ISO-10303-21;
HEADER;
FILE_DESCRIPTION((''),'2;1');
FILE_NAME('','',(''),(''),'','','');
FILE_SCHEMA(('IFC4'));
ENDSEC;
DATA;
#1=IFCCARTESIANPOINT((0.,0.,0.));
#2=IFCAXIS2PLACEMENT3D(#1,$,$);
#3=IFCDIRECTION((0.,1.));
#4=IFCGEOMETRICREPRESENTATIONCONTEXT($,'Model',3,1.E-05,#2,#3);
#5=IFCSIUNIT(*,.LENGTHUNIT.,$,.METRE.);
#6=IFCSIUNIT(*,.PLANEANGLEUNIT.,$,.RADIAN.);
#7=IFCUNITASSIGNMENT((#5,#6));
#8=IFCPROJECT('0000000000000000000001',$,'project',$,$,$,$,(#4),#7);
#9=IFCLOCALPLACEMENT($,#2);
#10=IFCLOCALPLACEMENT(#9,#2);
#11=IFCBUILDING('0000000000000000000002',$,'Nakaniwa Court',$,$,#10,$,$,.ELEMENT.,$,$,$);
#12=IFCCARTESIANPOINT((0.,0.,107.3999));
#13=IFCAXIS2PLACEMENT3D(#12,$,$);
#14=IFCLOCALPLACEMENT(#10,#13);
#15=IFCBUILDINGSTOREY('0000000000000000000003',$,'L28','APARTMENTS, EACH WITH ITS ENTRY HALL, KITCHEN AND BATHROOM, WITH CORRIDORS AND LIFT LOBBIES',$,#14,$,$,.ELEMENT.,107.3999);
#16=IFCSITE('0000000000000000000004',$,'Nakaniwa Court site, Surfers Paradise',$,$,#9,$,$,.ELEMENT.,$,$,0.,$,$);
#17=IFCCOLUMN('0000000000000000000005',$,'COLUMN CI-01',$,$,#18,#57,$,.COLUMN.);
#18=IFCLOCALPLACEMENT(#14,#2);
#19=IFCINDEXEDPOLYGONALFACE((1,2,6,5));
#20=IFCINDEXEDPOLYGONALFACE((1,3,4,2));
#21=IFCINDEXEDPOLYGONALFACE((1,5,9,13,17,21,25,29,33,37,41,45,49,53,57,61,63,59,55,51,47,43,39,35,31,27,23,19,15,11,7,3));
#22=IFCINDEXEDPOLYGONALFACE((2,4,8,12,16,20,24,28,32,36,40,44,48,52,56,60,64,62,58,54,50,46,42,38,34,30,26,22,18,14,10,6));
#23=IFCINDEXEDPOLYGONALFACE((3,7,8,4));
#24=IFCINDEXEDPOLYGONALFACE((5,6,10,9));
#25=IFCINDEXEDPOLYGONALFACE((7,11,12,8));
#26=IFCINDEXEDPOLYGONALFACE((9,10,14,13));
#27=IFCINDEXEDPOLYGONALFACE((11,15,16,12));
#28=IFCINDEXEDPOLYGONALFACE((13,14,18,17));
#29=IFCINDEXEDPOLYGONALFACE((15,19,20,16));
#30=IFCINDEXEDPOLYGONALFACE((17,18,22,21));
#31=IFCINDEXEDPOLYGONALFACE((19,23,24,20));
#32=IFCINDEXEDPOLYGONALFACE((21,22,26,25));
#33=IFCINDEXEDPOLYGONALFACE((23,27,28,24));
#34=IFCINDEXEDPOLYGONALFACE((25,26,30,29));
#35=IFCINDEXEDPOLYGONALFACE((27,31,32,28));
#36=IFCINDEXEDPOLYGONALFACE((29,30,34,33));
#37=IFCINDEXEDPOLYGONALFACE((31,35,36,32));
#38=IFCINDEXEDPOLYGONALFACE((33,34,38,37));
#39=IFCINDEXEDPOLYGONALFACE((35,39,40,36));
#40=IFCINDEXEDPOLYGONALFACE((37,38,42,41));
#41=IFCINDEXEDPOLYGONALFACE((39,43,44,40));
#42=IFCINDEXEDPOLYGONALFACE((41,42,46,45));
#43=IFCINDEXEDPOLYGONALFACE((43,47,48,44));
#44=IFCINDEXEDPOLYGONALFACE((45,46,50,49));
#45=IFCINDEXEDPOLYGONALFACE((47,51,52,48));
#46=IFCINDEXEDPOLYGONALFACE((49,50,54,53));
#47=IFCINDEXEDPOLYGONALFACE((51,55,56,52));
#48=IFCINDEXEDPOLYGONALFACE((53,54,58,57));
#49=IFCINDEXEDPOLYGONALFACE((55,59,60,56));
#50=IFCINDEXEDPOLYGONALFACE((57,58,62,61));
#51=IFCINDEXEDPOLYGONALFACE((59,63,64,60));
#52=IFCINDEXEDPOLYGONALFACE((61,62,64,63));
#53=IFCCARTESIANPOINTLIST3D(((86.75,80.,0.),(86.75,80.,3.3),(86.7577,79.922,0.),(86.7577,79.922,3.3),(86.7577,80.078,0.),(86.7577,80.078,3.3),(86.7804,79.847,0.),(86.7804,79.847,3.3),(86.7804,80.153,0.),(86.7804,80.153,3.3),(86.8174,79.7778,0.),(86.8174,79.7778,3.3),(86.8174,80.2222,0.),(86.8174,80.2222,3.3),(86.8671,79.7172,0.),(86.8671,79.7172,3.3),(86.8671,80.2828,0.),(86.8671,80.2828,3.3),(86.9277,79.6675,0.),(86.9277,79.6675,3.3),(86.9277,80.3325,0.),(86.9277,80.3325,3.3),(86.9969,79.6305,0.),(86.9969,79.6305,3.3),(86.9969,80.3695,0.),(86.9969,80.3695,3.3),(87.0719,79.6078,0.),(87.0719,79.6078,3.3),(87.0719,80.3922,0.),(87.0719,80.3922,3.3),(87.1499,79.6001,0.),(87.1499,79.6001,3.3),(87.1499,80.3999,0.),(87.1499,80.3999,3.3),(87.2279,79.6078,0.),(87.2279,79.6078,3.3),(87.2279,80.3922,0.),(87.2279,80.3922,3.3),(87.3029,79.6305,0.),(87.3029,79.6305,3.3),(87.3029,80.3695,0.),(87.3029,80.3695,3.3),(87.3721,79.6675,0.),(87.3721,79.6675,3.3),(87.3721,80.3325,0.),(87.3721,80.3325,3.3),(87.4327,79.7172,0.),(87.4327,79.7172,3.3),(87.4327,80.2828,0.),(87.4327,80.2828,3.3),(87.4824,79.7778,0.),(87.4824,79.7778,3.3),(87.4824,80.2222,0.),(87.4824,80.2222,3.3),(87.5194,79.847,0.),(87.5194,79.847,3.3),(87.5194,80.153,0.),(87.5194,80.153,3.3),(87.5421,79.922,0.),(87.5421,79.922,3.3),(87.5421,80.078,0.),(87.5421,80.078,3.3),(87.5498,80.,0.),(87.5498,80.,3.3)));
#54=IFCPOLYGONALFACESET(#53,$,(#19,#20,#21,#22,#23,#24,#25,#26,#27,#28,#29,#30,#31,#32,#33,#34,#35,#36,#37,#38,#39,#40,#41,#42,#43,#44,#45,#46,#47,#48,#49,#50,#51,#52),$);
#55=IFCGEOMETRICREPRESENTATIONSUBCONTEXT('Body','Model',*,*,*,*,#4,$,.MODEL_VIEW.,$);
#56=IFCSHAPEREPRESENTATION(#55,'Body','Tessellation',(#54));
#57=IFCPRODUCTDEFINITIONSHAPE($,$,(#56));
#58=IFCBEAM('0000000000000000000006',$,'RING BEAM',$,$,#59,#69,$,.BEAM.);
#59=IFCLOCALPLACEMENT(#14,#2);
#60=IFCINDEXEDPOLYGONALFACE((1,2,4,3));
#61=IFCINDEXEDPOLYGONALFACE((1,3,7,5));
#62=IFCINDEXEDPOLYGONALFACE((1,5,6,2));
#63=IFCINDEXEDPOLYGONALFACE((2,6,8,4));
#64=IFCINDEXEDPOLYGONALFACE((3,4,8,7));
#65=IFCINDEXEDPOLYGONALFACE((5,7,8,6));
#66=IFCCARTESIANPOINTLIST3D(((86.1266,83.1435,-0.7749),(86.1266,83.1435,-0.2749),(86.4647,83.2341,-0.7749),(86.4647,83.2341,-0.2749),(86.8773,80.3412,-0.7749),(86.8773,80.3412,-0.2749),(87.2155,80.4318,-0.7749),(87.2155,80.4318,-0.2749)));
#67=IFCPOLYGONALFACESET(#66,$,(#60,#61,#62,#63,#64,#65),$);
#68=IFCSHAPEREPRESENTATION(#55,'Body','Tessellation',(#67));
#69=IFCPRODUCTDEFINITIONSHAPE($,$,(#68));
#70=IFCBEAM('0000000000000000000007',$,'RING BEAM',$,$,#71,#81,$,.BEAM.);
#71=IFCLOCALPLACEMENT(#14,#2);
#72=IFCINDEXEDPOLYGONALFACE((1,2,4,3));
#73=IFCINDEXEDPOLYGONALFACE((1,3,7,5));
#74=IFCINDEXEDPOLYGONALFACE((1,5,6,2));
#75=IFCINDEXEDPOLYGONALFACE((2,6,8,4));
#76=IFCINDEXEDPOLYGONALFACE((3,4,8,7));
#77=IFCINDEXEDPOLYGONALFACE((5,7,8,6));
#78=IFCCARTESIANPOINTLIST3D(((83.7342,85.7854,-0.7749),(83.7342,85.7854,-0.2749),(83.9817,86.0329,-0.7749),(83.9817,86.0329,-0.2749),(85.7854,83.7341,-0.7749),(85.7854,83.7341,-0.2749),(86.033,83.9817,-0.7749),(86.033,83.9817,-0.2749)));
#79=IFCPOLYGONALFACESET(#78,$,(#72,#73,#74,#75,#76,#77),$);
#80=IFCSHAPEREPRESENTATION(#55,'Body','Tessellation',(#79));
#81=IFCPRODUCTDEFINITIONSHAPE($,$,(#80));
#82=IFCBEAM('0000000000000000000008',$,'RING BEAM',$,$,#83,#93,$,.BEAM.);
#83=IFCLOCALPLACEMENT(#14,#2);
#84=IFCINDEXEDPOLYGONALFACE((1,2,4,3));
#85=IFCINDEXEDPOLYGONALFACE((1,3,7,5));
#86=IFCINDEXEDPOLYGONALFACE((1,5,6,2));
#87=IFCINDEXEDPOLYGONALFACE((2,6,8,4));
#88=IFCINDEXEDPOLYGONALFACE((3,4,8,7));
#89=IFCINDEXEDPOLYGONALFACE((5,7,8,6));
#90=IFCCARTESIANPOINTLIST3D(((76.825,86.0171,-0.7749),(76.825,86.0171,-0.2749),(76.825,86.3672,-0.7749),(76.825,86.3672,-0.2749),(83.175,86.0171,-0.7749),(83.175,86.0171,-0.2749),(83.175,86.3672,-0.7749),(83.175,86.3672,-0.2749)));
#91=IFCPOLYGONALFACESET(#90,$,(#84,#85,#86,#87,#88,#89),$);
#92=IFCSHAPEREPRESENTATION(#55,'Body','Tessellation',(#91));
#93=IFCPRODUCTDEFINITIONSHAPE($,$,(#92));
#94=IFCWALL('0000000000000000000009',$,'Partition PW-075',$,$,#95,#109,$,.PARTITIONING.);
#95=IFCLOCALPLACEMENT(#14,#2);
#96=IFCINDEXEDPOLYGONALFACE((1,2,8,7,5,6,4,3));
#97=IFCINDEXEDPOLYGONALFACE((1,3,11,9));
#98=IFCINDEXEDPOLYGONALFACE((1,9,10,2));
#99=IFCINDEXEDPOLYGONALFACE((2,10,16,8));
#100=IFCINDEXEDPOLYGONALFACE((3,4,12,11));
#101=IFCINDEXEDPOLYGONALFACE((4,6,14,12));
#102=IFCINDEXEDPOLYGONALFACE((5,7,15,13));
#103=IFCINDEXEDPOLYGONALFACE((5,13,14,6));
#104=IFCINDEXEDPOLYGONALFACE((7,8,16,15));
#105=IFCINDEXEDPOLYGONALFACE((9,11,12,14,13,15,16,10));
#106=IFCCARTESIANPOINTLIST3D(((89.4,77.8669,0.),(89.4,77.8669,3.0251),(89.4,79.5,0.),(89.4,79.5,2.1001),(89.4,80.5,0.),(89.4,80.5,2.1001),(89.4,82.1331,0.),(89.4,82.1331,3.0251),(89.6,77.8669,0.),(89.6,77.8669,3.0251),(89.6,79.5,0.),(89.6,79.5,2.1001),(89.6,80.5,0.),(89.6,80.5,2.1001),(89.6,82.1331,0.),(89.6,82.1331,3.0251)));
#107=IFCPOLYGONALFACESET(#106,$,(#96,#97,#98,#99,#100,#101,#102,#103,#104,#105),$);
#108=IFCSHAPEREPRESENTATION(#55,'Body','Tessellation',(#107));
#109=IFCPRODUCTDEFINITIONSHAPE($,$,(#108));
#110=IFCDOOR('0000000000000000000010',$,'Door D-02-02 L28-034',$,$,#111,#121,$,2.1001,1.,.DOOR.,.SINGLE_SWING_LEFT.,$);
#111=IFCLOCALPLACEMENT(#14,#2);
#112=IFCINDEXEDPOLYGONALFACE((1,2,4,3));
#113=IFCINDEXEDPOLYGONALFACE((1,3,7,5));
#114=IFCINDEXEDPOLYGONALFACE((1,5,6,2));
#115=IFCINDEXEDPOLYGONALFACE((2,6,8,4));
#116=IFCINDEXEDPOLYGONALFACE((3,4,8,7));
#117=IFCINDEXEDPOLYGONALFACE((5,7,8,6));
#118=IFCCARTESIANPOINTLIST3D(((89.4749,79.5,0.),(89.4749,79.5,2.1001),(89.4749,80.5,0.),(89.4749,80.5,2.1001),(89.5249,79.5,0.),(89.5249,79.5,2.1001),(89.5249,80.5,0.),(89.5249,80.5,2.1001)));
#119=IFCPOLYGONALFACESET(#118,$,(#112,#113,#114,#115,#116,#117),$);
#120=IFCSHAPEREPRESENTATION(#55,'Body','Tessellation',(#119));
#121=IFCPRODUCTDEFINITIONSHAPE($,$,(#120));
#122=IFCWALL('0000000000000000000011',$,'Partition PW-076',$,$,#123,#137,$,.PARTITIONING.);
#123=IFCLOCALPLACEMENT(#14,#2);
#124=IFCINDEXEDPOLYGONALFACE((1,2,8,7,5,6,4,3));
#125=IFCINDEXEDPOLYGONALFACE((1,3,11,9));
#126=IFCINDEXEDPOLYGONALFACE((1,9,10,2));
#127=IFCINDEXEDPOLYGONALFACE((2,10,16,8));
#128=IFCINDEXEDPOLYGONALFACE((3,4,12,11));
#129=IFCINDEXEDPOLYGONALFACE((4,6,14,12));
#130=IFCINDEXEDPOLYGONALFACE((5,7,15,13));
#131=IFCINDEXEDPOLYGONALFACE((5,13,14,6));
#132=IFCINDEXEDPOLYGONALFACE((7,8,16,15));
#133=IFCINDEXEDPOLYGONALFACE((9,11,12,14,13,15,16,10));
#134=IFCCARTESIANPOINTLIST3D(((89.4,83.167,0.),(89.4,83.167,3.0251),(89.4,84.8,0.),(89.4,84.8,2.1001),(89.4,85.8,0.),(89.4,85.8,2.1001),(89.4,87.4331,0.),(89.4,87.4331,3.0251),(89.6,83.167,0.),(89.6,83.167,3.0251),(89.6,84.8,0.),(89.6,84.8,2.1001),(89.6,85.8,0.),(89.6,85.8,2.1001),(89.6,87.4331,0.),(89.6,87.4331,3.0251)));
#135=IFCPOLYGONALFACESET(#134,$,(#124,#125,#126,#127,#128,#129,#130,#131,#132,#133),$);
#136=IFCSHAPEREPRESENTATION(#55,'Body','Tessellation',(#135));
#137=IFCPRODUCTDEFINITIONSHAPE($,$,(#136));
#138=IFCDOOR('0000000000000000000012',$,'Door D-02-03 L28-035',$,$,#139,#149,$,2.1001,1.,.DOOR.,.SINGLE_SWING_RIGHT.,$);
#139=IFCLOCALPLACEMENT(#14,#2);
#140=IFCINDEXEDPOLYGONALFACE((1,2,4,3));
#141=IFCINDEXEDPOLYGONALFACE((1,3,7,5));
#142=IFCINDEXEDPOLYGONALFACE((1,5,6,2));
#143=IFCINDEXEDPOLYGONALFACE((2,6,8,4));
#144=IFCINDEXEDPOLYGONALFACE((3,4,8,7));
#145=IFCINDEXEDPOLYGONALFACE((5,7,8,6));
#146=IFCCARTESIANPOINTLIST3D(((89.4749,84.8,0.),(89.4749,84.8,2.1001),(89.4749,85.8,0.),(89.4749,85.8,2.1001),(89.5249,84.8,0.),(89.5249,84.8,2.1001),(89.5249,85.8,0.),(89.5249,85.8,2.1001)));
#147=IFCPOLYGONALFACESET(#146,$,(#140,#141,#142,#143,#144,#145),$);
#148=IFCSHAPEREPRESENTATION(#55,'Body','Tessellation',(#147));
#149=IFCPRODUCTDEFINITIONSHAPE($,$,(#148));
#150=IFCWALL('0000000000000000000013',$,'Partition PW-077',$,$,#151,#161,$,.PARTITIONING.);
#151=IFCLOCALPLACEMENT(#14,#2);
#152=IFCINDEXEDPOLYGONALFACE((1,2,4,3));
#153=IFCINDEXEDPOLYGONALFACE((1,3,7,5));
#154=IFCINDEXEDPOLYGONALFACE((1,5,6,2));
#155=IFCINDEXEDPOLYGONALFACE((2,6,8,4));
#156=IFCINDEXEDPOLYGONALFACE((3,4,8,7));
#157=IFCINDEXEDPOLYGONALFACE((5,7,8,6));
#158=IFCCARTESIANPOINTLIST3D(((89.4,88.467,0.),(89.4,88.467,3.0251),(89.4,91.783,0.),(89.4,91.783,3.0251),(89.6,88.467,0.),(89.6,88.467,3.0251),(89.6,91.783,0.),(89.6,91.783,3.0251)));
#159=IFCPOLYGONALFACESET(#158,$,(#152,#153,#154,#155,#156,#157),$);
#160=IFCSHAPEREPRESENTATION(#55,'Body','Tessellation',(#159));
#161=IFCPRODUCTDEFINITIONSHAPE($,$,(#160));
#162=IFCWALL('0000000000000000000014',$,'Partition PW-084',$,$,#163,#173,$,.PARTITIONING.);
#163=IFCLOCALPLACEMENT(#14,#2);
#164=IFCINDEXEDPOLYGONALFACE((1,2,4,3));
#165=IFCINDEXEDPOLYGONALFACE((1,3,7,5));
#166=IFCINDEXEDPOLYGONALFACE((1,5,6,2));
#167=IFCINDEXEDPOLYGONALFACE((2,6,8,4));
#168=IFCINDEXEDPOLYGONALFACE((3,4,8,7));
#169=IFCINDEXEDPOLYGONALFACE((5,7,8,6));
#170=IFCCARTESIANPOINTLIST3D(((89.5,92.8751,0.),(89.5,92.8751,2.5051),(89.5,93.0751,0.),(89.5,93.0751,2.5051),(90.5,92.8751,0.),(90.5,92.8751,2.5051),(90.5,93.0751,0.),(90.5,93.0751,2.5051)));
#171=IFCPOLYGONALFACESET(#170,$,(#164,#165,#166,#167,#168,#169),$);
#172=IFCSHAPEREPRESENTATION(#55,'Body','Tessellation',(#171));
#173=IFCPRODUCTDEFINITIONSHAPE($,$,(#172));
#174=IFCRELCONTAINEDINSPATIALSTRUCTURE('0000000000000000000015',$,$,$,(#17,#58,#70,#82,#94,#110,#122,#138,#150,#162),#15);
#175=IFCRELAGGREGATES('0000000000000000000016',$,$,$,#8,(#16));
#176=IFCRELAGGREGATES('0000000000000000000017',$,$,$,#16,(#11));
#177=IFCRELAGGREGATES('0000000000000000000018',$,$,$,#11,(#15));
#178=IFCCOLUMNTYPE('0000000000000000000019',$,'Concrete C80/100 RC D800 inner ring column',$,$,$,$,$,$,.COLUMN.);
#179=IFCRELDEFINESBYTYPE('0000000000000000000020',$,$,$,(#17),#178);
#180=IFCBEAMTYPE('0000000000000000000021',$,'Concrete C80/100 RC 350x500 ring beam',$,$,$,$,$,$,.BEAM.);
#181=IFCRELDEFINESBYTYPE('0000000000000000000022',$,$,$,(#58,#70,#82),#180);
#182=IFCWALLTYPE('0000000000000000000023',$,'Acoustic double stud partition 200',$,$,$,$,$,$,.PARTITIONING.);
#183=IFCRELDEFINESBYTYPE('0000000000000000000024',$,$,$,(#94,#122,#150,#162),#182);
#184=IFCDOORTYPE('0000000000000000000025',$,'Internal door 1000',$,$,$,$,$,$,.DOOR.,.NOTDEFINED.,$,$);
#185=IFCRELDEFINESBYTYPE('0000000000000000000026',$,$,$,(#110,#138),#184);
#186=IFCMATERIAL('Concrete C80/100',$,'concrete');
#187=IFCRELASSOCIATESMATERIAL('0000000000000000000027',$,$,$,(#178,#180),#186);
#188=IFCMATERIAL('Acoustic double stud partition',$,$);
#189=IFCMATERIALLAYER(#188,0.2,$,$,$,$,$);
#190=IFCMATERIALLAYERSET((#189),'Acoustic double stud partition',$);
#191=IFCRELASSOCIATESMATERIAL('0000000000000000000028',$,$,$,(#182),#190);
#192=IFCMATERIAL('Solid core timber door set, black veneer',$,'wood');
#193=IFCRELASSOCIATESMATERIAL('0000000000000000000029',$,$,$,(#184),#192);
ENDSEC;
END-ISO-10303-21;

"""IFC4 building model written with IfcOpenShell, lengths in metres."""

from ifc_helpers import new_model, si_unit, direction, frame, frame_2d, origin, origin_2d, place, context, subcontext, project, spatial, rectangle, circle, extrude, material, layer, layer_set, material_profile, profile_set, type_object, element, fill, save


model = new_model("IFC4")

# Units and contexts
model_context = context("Model", 3, precision=1e-05, world=origin(), true_north=direction((0.0, 1.0)))
body_context = subcontext(model_context, "Body", "Model", "MODEL_VIEW")
ifc_project = project(units=[si_unit("LENGTHUNIT", "METRE"), si_unit("PLANEANGLEUNIT", "RADIAN")], contexts=[model_context])

# Site, building, storey
site_placement = place(None, origin())
site = spatial("IfcSite", under=ifc_project, at=site_placement, Name="Nakaniwa Court site, Surfers Paradise", CompositionType="ELEMENT", RefElevation=0.0)
building_placement = place(site_placement, origin())
building = spatial("IfcBuilding", under=site, at=building_placement, Name="Nakaniwa Court", CompositionType="ELEMENT")
storey_placement = place(building_placement, frame((0.0, 0.0, 107.3999)))
storey = spatial("IfcBuildingStorey", under=building, at=storey_placement, Name="L28", Description="APARTMENTS, EACH WITH ITS ENTRY HALL, KITCHEN AND BATHROOM, WITH CORRIDORS AND LIFT LOBBIES", CompositionType="ELEMENT", Elevation=107.3999)

# Column
ifc_material_1 = material(Name="Concrete C80/100", Category="concrete")
ifc_material_profile_1 = material_profile(ifc_material_1, circle(Radius=0.3999, at=origin_2d()), Name="Concrete C80/100 RC D800 inner ring column")
ifc_profile_set_1 = profile_set([ifc_material_profile_1], Name="Concrete C80/100")
column_type = type_object("IfcColumnType", Name="Concrete C80/100 RC D800 inner ring column", PredefinedType="COLUMN", material=ifc_profile_set_1)
for number, where, z_axis, x_axis, name in (
    (1, (87.1499, 80.0, 0.0), (0.0, 0.0, 1.0), (0.0, 1.0, 0.0), "COLUMN CI-01"),
):
    element("IfcColumn", number, at=place(storey_placement, frame(where, z_axis=z_axis, x_axis=x_axis)), inside=storey, type_object=column_type, Name=name, PredefinedType="COLUMN", context=body_context, shape_type="SweptSolid", body=[
        extrude(circle(Radius=0.3999, at=origin_2d()), origin(), (0.0, 0.0, 1.0), 3.3),
    ])

# Beams
ifc_material_profile_2 = material_profile(ifc_material_1, rectangle(XDim=0.3501, YDim=0.5, at=origin_2d()), Name="Concrete C80/100 RC 350x500 ring beam")
ifc_profile_set_2 = profile_set([ifc_material_profile_2], Name="Concrete C80/100")
beam_type = type_object("IfcBeamType", Name="Concrete C80/100 RC 350x500 ring beam", PredefinedType="BEAM", material=ifc_profile_set_2)
beam_1_placement = place(storey_placement, frame((87.0464, 80.3865, -0.5249), z_axis=(-0.258778, 0.965937, 0.0), x_axis=(-0.965937, -0.258778, 0.0)))
element("IfcBeam", 2, at=beam_1_placement, inside=storey, type_object=beam_type, Name="RING BEAM", PredefinedType="BEAM", context=body_context, shape_type="SweptSolid", body=[
    extrude(rectangle(XDim=0.3501, YDim=0.5, at=origin_2d()), origin(), (0.0, 0.0, 1.0), 2.9011),
])
beam_2_placement = place(storey_placement, frame((85.9092, 83.8579, -0.5249), z_axis=(-0.707107, 0.707107, 0.0), x_axis=(-0.707107, -0.707107, 0.0)))
element("IfcBeam", 3, at=beam_2_placement, inside=storey, type_object=beam_type, Name="RING BEAM", PredefinedType="BEAM", context=body_context, shape_type="SweptSolid", body=[
    extrude(rectangle(XDim=0.3501, YDim=0.5, at=origin_2d()), origin(), (0.0, 0.0, 1.0), 2.9009),
])
beam_3_placement = place(storey_placement, frame((83.175, 86.1921, -0.5249), z_axis=(-1.0, 0.0, 0.0), x_axis=(0.0, -1.0, 0.0)))
element("IfcBeam", 4, at=beam_3_placement, inside=storey, type_object=beam_type, Name="RING BEAM", PredefinedType="BEAM", context=body_context, shape_type="SweptSolid", body=[
    extrude(rectangle(XDim=0.3501, YDim=0.5, at=origin_2d()), origin(), (0.0, 0.0, 1.0), 6.3501),
])

# Walls, openings, doors
ifc_material_2 = material(Name="Acoustic double stud partition")
ifc_layer_1 = layer(ifc_material_2, 0.2)
ifc_layer_set_1 = layer_set([ifc_layer_1], Name="Acoustic double stud partition")
wall_type_1 = type_object("IfcWallType", Name="Acoustic double stud partition 200", PredefinedType="PARTITIONING", material=ifc_layer_set_1)
wall_1_placement = place(storey_placement, frame((89.5, 82.1331, 0.0), z_axis=(0.0, 0.0, 1.0), x_axis=(0.0, -1.0, 0.0)))
wall_1 = element("IfcWall", 5, at=wall_1_placement, inside=storey, type_object=wall_type_1, Name="Partition PW-075", PredefinedType="PARTITIONING", context=body_context, shape_type="SweptSolid", body=[
    extrude(rectangle(XDim=4.2661, YDim=0.2, at=frame_2d((2.1331, 0.0))), origin(), (0.0, 0.0, 1.0), 3.0251),
])
opening_1_placement = place(wall_1_placement, frame((1.6331, 0.0, 0.0)))
opening_1 = element("IfcOpeningElement", 6, at=opening_1_placement, cuts=wall_1, PredefinedType="OPENING", context=body_context, shape_type="SweptSolid", body=[
    extrude(rectangle(XDim=1.0, YDim=2.1001, at=frame_2d((0.5, 1.05))), frame((0.0, 0.1099, 0.0), z_axis=(0.0, -1.0, 0.0), x_axis=(1.0, 0.0, 0.0)), (0.0, 0.0, 1.0), 0.22),
])
ifc_material_3 = material(Name="Solid core timber door set, black veneer", Category="wood")
door_type_1 = type_object("IfcDoorType", Name="Internal door 1000", OperationType="NOTDEFINED", PredefinedType="DOOR", material=ifc_material_3)
door_1_placement = place(opening_1_placement, origin())
door_1 = element("IfcDoor", 7, at=door_1_placement, inside=storey, type_object=door_type_1, Name="Door D-02-02 L28-034", OperationType="SINGLE_SWING_LEFT", OverallHeight=2.1001, OverallWidth=1.0, PredefinedType="DOOR", context=body_context, shape_type="SweptSolid", body=[
    extrude(rectangle(XDim=1.0, YDim=2.1001, at=frame_2d((0.5, 1.05))), frame((0.0, 0.0249, 0.0), z_axis=(0.0, -1.0, 0.0), x_axis=(1.0, 0.0, 0.0)), (0.0, 0.0, 1.0), 0.05),
])
fill(opening_1, door_1)
wall_2_placement = place(storey_placement, frame((89.5, 87.4331, 0.0), z_axis=(0.0, 0.0, 1.0), x_axis=(0.0, -1.0, 0.0)))
wall_2 = element("IfcWall", 8, at=wall_2_placement, inside=storey, type_object=wall_type_1, Name="Partition PW-076", PredefinedType="PARTITIONING", context=body_context, shape_type="SweptSolid", body=[
    extrude(rectangle(XDim=4.2661, YDim=0.2, at=frame_2d((2.1331, 0.0))), origin(), (0.0, 0.0, 1.0), 3.0251),
])
opening_2_placement = place(wall_2_placement, frame((1.6331, 0.0, 0.0)))
opening_2 = element("IfcOpeningElement", 9, at=opening_2_placement, cuts=wall_2, PredefinedType="OPENING", context=body_context, shape_type="SweptSolid", body=[
    extrude(rectangle(XDim=1.0, YDim=2.1001, at=frame_2d((0.5, 1.05))), frame((0.0, 0.1099, 0.0), z_axis=(0.0, -1.0, 0.0), x_axis=(1.0, 0.0, 0.0)), (0.0, 0.0, 1.0), 0.22),
])
door_2_placement = place(opening_2_placement, origin())
door_2 = element("IfcDoor", 10, at=door_2_placement, inside=storey, type_object=door_type_1, Name="Door D-02-03 L28-035", OperationType="SINGLE_SWING_RIGHT", OverallHeight=2.1001, OverallWidth=1.0, PredefinedType="DOOR", context=body_context, shape_type="SweptSolid", body=[
    extrude(rectangle(XDim=1.0, YDim=2.1001, at=frame_2d((0.5, 1.05))), frame((0.0, 0.0249, 0.0), z_axis=(0.0, -1.0, 0.0), x_axis=(1.0, 0.0, 0.0)), (0.0, 0.0, 1.0), 0.05),
])
fill(opening_2, door_2)

# Walls
wall_3_placement = place(storey_placement, frame((89.5, 88.467, 0.0), z_axis=(0.0, 0.0, 1.0), x_axis=(0.0, 1.0, 0.0)))
element("IfcWall", 11, at=wall_3_placement, inside=storey, type_object=wall_type_1, Name="Partition PW-077", PredefinedType="PARTITIONING", context=body_context, shape_type="SweptSolid", body=[
    extrude(rectangle(XDim=3.3159, YDim=0.2, at=frame_2d((1.658, 0.0))), origin(), (0.0, 0.0, 1.0), 3.0251),
])
wall_4_placement = place(storey_placement, frame((89.5, 92.9751, 0.0), z_axis=(0.0, 0.0, 1.0), x_axis=(1.0, 0.0, 0.0)))
element("IfcWall", 12, at=wall_4_placement, inside=storey, type_object=wall_type_1, Name="Partition PW-084", PredefinedType="PARTITIONING", context=body_context, shape_type="SweptSolid", body=[
    extrude(rectangle(XDim=1.0, YDim=0.2, at=frame_2d((0.5, 0.0))), origin(), (0.0, 0.0, 1.0), 2.5051),
])

save(model, "model.ifc")
